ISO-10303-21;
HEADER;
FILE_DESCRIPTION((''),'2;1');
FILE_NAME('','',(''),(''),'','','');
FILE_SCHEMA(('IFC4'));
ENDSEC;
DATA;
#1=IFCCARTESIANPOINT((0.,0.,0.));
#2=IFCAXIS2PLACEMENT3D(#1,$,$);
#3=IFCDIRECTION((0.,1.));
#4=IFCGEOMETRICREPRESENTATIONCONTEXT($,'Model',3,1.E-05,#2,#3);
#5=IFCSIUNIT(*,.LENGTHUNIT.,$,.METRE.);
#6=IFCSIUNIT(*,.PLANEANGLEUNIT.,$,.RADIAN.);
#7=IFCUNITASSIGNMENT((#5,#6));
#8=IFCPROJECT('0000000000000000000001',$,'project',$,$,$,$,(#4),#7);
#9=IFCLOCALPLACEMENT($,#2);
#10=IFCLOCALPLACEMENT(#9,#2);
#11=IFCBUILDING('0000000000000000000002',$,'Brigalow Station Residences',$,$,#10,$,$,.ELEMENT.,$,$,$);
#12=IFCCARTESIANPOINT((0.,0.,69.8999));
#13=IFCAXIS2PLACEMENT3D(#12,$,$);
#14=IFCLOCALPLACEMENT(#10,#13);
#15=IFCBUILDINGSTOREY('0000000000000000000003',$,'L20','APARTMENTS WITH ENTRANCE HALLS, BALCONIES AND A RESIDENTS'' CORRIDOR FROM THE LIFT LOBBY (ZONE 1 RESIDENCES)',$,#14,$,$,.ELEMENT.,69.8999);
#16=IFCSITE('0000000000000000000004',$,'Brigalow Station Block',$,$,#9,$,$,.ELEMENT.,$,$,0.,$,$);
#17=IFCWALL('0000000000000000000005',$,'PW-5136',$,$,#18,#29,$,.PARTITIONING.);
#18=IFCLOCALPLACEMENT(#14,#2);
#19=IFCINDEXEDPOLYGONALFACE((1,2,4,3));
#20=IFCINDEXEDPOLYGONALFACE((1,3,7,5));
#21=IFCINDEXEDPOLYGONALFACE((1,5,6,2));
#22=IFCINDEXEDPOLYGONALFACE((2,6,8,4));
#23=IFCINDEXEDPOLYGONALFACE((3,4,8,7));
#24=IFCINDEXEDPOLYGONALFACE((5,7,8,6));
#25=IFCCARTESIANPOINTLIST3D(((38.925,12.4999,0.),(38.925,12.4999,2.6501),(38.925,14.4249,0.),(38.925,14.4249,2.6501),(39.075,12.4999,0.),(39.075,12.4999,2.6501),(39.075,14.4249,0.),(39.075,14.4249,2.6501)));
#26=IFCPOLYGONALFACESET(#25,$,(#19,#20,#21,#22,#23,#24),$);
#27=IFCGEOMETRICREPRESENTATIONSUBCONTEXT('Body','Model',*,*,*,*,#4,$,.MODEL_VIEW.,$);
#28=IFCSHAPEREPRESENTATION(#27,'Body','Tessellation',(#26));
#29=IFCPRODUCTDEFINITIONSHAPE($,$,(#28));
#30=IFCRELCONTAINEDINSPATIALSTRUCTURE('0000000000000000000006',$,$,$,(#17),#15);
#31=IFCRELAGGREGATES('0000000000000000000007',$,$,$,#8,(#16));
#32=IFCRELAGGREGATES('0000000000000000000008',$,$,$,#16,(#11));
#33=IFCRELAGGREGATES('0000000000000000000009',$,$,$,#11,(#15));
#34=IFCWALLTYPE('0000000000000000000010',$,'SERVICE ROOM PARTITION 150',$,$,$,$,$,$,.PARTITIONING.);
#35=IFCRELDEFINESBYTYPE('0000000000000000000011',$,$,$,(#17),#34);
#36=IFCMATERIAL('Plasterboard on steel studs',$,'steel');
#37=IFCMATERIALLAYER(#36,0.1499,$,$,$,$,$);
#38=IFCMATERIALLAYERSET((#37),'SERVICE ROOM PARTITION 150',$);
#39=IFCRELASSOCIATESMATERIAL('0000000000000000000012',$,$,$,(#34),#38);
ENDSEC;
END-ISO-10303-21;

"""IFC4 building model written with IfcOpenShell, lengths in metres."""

from ifc_helpers import new_model, si_unit, direction, frame, frame_2d, origin, place, context, subcontext, project, spatial, rectangle, extrude, material, layer, layer_set, type_object, element, save


model = new_model("IFC4")

# Units and contexts
model_context = context("Model", 3, precision=1e-05, world=origin(), true_north=direction((0.0, 1.0)))
body_context = subcontext(model_context, "Body", "Model", "MODEL_VIEW")
ifc_project = project(units=[si_unit("LENGTHUNIT", "METRE"), si_unit("PLANEANGLEUNIT", "RADIAN")], contexts=[model_context])

# Site, building, storey
site_placement = place(None, origin())
site = spatial("IfcSite", under=ifc_project, at=site_placement, Name="Brigalow Station Block", CompositionType="ELEMENT", RefElevation=0.0)
building_placement = place(site_placement, origin())
building = spatial("IfcBuilding", under=site, at=building_placement, Name="Brigalow Station Residences", CompositionType="ELEMENT")
storey_placement = place(building_placement, frame((0.0, 0.0, 69.8999)))
storey = spatial("IfcBuildingStorey", under=building, at=storey_placement, Name="L20", Description="APARTMENTS WITH ENTRANCE HALLS, BALCONIES AND A RESIDENTS' CORRIDOR FROM THE LIFT LOBBY (ZONE 1 RESIDENCES)", CompositionType="ELEMENT", Elevation=69.8999)

# Shared definitions
ifc_material_1 = material(Name="Plasterboard on steel studs", Category="steel")
ifc_layer_1 = layer(ifc_material_1, 0.1499)
ifc_layer_set_1 = layer_set([ifc_layer_1], Name="SERVICE ROOM PARTITION 150")
wall_type_1 = type_object("IfcWallType", Name="SERVICE ROOM PARTITION 150", PredefinedType="PARTITIONING", material=ifc_layer_set_1)

# Wall
wall_1_placement = place(storey_placement, frame((39.0, 12.5, 0.0), z_axis=(0.0, 0.0, 1.0), x_axis=(0.0, 1.0, 0.0)))
element("IfcWall", 1, at=wall_1_placement, inside=storey, type_object=wall_type_1, Name="PW-5136", PredefinedType="PARTITIONING", context=body_context, shape_type="SweptSolid", body=[
    extrude(rectangle(XDim=1.925, YDim=0.1499, at=frame_2d((0.9624, 0.0))), origin(), (0.0, 0.0, 1.0), 2.6501),
])

save(model, "model.ifc")
